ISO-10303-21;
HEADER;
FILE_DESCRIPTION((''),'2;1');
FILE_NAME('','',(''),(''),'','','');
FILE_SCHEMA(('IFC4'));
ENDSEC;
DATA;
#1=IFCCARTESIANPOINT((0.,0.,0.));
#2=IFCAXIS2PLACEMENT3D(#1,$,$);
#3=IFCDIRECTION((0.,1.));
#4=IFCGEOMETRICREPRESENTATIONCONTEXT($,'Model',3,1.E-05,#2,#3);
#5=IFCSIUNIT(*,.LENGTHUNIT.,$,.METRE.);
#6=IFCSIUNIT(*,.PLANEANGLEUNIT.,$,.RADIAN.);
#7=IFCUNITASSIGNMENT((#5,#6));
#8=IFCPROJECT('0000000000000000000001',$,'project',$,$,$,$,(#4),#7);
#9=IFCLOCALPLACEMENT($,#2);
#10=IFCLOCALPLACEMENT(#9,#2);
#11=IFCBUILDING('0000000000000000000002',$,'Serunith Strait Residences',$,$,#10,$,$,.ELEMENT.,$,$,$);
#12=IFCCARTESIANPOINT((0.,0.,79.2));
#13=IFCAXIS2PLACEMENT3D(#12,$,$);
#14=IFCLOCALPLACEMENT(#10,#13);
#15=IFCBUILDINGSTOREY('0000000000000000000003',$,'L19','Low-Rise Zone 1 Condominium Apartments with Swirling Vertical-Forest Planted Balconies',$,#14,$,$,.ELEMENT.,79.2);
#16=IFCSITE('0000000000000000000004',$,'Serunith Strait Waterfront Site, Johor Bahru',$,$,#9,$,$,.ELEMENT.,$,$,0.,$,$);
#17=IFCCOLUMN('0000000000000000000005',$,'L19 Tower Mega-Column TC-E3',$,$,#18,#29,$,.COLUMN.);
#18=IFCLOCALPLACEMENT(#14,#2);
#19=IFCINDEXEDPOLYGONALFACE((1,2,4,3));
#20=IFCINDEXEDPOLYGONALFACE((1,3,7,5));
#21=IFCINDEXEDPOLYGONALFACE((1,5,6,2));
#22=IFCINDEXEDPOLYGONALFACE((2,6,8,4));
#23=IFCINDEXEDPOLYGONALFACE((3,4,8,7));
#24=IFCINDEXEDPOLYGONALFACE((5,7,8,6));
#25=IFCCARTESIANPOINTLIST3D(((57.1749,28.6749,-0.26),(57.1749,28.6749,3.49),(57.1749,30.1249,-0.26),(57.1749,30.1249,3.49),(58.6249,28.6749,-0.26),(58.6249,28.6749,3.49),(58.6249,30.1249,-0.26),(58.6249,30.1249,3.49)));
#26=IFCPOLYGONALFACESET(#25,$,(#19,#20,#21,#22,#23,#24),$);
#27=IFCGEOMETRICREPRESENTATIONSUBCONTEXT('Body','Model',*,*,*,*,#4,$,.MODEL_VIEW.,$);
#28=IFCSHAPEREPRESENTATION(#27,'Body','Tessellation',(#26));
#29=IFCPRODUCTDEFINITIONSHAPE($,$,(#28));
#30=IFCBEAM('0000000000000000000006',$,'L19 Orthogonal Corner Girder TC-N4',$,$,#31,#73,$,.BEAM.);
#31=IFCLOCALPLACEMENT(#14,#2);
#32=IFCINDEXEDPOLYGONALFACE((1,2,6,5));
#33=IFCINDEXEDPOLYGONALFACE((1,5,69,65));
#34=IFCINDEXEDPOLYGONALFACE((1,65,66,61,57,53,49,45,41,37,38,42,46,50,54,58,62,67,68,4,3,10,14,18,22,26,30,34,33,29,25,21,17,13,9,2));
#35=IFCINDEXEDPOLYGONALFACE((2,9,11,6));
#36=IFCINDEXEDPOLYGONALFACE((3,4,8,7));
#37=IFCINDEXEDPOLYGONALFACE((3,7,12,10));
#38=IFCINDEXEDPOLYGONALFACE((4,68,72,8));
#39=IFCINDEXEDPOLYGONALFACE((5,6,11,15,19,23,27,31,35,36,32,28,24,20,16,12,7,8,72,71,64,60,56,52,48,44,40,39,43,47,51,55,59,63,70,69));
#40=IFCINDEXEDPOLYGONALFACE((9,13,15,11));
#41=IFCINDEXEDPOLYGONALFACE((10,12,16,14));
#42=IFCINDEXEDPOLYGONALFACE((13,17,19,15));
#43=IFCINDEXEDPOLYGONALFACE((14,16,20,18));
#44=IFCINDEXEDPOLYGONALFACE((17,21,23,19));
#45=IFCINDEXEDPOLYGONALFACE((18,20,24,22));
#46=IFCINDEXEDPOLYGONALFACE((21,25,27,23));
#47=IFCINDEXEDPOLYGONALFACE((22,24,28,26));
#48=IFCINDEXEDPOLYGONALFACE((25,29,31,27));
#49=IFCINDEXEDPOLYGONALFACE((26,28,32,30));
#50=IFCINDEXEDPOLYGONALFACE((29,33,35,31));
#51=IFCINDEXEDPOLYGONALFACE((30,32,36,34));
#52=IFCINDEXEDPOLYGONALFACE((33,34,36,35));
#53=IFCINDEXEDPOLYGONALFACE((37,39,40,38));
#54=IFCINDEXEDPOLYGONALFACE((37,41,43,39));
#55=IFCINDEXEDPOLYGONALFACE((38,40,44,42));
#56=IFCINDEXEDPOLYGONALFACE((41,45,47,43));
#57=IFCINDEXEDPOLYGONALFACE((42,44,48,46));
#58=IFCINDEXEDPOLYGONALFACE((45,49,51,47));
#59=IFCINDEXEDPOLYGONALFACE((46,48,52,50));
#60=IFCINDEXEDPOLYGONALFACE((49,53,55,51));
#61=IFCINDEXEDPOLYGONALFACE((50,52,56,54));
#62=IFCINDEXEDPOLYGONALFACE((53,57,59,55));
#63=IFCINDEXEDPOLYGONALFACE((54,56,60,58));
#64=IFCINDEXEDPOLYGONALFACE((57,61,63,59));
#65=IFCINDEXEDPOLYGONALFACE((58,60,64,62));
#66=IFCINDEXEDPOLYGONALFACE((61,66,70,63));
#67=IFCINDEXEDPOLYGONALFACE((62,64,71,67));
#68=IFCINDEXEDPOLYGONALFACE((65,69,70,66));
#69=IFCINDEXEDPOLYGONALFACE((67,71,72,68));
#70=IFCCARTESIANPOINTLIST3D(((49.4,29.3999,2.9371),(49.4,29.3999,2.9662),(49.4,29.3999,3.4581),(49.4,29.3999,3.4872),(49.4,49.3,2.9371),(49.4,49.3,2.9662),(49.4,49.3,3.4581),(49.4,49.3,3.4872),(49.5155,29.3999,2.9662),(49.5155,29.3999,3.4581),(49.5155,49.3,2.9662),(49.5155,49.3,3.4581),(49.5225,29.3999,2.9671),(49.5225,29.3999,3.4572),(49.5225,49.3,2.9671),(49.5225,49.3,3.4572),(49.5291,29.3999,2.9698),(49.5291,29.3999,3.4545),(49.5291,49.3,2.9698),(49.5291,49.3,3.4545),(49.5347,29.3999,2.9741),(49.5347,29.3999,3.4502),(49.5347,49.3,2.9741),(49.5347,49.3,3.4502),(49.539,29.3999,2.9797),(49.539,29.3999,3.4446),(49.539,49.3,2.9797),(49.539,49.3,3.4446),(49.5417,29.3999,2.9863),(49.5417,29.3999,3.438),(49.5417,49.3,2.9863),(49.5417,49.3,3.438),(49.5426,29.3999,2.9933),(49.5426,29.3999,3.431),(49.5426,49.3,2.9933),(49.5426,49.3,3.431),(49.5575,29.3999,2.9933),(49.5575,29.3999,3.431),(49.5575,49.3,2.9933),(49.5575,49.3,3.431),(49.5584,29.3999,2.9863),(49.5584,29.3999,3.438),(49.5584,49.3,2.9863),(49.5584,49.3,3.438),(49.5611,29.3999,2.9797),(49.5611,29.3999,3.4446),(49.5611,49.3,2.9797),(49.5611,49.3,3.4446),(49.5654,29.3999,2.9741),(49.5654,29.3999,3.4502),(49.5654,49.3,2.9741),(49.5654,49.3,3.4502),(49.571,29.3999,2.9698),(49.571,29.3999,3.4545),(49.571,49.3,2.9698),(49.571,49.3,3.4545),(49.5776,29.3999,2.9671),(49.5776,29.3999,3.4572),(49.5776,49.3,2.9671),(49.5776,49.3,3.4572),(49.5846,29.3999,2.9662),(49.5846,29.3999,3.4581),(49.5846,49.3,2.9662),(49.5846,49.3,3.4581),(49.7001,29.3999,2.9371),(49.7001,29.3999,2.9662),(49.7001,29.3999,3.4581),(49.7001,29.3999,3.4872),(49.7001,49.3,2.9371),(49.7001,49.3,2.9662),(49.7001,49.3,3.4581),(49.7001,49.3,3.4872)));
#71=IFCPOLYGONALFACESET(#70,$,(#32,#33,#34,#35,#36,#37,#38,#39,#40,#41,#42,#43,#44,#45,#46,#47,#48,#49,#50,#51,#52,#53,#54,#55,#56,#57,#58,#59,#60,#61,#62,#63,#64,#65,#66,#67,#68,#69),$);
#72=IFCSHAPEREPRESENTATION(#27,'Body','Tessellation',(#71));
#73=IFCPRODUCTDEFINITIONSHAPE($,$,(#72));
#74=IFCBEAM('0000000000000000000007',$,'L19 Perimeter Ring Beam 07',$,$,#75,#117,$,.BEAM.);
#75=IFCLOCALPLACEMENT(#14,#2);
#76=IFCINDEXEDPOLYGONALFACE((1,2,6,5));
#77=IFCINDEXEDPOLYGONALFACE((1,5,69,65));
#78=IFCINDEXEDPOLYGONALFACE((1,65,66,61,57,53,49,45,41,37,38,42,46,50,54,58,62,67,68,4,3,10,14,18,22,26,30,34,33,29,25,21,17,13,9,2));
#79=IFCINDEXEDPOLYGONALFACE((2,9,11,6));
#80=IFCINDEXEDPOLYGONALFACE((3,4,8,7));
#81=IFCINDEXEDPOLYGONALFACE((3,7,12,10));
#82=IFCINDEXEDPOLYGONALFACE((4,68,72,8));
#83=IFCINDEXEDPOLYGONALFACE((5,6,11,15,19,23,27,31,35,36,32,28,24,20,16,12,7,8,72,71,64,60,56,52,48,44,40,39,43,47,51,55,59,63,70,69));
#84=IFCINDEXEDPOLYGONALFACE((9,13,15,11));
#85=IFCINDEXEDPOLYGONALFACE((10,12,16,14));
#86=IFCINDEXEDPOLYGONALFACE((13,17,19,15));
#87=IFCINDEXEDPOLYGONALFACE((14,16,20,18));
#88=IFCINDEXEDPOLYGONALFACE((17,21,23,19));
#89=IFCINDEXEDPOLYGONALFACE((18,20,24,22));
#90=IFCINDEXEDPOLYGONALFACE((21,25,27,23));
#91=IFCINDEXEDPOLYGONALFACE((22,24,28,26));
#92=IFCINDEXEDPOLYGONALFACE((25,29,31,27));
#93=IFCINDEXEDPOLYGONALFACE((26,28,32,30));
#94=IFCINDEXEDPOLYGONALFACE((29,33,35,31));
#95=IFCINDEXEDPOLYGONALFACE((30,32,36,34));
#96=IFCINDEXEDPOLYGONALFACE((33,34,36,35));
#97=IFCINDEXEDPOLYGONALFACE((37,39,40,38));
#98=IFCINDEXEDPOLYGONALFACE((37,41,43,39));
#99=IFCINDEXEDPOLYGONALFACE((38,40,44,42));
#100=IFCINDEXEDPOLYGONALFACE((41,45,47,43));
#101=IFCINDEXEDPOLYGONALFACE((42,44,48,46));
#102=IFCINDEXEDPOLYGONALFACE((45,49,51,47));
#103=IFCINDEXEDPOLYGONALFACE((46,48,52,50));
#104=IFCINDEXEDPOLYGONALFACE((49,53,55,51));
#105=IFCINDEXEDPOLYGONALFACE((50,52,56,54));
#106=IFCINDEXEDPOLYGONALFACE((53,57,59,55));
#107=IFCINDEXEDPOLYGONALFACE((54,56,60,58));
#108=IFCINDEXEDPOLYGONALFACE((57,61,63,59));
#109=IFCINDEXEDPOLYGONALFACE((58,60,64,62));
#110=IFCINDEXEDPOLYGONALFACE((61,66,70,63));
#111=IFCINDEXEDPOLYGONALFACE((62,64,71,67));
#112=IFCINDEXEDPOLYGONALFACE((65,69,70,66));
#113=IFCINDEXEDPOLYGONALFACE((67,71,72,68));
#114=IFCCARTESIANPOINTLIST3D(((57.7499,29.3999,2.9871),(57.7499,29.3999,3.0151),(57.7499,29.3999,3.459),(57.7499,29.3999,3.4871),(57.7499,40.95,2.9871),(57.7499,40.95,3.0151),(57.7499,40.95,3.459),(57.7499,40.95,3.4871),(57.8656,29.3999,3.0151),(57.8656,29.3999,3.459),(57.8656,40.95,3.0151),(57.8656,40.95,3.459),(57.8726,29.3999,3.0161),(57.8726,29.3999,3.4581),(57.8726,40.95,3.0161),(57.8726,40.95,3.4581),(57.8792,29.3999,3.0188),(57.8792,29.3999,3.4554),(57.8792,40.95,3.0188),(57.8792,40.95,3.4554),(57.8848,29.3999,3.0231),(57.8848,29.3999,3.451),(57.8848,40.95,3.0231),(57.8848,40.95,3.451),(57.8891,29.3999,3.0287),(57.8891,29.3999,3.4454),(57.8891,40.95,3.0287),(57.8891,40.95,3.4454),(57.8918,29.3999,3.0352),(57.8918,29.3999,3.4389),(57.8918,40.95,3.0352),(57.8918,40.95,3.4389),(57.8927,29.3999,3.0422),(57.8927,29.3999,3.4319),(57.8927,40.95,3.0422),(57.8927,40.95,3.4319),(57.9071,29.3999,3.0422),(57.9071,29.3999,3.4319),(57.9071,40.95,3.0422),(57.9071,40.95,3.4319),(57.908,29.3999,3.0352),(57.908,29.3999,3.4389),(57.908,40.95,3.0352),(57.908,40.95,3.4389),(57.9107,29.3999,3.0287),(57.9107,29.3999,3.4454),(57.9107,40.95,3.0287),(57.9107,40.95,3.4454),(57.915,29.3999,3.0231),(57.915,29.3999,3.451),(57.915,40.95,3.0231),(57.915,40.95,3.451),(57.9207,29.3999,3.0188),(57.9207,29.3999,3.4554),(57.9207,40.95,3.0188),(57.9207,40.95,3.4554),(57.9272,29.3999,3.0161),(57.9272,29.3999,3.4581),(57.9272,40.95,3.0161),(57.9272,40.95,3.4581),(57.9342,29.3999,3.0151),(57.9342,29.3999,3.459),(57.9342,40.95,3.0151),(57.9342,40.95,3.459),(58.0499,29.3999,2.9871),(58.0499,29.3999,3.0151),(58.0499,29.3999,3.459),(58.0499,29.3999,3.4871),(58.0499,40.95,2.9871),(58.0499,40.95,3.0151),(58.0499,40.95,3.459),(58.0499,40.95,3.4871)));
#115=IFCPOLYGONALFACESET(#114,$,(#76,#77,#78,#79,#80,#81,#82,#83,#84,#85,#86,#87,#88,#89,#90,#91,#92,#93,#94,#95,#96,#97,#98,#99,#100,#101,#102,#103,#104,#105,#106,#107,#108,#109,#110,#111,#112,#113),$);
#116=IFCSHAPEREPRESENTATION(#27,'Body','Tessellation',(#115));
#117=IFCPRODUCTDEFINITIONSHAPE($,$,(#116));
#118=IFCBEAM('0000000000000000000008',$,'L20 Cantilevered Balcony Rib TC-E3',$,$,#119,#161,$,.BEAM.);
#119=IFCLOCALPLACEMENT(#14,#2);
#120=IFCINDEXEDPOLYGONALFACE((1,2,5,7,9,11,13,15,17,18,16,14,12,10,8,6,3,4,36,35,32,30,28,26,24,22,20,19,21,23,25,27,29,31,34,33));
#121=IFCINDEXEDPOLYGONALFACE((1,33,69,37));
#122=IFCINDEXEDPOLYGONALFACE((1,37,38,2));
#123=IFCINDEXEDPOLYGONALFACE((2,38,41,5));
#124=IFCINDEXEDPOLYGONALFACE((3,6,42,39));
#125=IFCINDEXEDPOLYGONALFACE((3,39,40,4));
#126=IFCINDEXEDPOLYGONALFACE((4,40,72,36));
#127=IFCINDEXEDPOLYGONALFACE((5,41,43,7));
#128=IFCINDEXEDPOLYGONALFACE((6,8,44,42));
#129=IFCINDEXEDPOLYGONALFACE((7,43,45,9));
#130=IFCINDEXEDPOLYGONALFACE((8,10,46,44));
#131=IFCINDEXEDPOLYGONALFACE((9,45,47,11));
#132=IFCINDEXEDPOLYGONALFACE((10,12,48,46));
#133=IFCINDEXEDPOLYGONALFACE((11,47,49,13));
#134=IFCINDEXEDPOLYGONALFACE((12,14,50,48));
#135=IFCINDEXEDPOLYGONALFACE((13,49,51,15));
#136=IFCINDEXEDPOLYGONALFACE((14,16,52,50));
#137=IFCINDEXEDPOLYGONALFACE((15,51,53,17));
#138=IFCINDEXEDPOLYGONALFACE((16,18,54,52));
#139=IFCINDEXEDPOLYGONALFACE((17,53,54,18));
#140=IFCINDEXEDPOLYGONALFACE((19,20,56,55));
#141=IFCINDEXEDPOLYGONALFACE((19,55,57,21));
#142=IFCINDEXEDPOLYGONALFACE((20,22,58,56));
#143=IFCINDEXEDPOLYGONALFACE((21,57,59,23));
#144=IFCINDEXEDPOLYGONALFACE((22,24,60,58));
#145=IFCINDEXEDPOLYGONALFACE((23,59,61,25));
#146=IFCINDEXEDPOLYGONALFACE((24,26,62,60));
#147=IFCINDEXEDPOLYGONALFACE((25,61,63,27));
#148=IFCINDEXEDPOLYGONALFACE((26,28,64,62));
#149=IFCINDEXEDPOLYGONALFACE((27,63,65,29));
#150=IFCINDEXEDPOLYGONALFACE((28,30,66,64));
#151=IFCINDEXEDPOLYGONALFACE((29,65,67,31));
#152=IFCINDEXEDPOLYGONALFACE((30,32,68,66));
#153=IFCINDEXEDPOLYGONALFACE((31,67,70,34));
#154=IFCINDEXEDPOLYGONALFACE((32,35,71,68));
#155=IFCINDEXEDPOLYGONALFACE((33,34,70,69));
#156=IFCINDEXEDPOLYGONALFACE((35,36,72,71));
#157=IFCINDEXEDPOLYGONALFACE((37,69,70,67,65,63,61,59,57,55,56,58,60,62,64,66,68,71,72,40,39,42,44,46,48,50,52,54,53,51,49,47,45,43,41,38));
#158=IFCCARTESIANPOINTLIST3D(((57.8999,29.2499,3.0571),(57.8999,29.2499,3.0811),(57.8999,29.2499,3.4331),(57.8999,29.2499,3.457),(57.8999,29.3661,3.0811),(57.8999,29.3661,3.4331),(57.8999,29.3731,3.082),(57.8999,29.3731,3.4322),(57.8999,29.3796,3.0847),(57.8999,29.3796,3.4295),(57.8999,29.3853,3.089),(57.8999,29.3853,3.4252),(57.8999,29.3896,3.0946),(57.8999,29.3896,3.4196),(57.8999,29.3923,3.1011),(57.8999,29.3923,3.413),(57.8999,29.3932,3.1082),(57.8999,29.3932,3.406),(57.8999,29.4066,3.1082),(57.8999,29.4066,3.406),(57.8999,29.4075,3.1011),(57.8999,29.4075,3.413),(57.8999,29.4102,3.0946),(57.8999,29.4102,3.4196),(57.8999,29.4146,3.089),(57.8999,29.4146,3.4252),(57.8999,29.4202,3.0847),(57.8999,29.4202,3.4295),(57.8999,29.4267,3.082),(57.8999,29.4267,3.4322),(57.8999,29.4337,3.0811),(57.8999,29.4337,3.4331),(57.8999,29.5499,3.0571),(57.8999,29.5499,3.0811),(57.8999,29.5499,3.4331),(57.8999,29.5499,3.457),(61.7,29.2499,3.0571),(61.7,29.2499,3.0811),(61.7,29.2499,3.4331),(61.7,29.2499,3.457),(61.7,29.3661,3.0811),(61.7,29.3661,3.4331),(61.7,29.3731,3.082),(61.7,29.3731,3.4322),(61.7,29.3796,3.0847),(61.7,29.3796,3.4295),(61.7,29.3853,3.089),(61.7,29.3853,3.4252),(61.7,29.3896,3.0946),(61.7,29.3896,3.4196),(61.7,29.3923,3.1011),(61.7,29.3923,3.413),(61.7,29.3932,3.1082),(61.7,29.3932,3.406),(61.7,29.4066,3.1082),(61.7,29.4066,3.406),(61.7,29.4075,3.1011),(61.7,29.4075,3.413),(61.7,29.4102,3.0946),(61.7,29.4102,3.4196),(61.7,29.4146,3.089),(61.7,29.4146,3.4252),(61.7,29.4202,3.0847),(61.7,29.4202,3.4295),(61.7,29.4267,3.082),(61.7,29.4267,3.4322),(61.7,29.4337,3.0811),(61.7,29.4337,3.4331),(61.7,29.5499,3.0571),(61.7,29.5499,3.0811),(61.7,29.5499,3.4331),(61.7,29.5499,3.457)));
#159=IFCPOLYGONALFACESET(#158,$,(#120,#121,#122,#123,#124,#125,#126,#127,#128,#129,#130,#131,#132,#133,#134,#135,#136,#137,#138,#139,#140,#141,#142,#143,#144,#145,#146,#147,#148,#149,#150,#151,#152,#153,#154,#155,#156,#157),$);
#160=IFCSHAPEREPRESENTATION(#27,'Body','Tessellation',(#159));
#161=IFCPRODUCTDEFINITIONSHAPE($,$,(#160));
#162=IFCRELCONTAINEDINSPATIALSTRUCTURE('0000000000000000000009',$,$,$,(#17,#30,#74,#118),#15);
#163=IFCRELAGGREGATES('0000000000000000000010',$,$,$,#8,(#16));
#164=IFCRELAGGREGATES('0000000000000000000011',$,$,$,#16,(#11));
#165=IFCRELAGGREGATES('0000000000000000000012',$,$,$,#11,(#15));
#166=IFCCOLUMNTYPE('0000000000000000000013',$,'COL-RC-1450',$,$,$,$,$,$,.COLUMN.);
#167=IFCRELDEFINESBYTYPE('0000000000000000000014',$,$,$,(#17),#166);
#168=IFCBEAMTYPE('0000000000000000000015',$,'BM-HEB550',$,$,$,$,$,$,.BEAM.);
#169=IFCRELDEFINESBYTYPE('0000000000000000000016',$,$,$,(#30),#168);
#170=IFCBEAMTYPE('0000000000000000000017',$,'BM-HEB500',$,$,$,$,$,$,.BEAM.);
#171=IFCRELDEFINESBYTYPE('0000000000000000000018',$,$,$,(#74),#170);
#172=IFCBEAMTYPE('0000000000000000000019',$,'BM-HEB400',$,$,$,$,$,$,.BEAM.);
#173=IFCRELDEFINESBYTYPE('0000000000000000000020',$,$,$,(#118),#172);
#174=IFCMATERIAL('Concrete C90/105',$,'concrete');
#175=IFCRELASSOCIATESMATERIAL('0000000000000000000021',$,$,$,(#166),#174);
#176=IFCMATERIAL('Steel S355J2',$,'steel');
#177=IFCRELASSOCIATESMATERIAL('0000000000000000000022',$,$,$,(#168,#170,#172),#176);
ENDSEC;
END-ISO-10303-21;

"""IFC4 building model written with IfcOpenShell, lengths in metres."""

from ifc_helpers import new_model, si_unit, direction, frame, origin, origin_2d, place, context, subcontext, project, spatial, rectangle, i_section, extrude, source, transform, mapped, material, material_profile, profile_set, type_object, element, save


model = new_model("IFC4")

# Units and contexts
model_context = context("Model", 3, precision=1e-05, world=origin(), true_north=direction((0.0, 1.0)))
body_context = subcontext(model_context, "Body", "Model", "MODEL_VIEW")
ifc_project = project(units=[si_unit("LENGTHUNIT", "METRE"), si_unit("PLANEANGLEUNIT", "RADIAN")], contexts=[model_context])

# Site, building, storey
site_placement = place(None, origin())
site = spatial("IfcSite", under=ifc_project, at=site_placement, Name="Serunith Strait Waterfront Site, Johor Bahru", CompositionType="ELEMENT", RefElevation=0.0)
building_placement = place(site_placement, origin())
building = spatial("IfcBuilding", under=site, at=building_placement, Name="Serunith Strait Residences", CompositionType="ELEMENT")
storey_placement = place(building_placement, frame((0.0, 0.0, 79.2)))
storey = spatial("IfcBuildingStorey", under=building, at=storey_placement, Name="L19", Description="Low-Rise Zone 1 Condominium Apartments with Swirling Vertical-Forest Planted Balconies", CompositionType="ELEMENT", Elevation=79.2)

# Column
ifc_material_1 = material(Name="Concrete C90/105", Category="concrete")
ifc_material_profile_1 = material_profile(ifc_material_1, rectangle(XDim=1.45, YDim=1.45, at=origin_2d()), Name="RC 1450x1450")
ifc_profile_set_1 = profile_set([ifc_material_profile_1], Name="Concrete C90/105")
column_type = type_object("IfcColumnType", Name="COL-RC-1450", PredefinedType="COLUMN", material=ifc_profile_set_1)
shared_shape_1 = source(origin(), body_context, "Body", "SweptSolid", [
    extrude(rectangle(XDim=1.45, YDim=1.45, at=origin_2d()), origin(), (0.0, 0.0, 1.0), 3.75),
])
column_placement = place(storey_placement, frame((57.8999, 29.3999, -0.26), z_axis=(0.0, 0.0, 1.0), x_axis=(1.0, 0.0, 0.0)))
element("IfcColumn", 1, at=column_placement, inside=storey, type_object=column_type, Name="L19 Tower Mega-Column TC-E3", PredefinedType="COLUMN", context=body_context, shape_type="MappedRepresentation", body=[
    mapped(shared_shape_1, transform((0.0, 0.0, 0.0), scale=1.0)),
])

# Beams
ifc_material_2 = material(Name="Steel S355J2", Category="steel")
ifc_material_profile_2 = material_profile(ifc_material_2, i_section(OverallWidth=0.3, OverallDepth=0.55, WebThickness=0.0149, FlangeThickness=0.0291, FilletRadius=0.0271, at=origin_2d()), Name="HEB 550")
ifc_profile_set_2 = profile_set([ifc_material_profile_2], Name="Steel S355J2")
beam_type_1 = type_object("IfcBeamType", Name="BM-HEB550", PredefinedType="BEAM", material=ifc_profile_set_2)
shared_shape_2 = source(origin(), body_context, "Body", "SweptSolid", [
    extrude(i_section(OverallWidth=0.3, OverallDepth=0.55, WebThickness=0.0149, FlangeThickness=0.0291, FilletRadius=0.0271, at=origin_2d()), origin(), (0.0, 0.0, 1.0), 19.9001),
])
beam_1_placement = place(storey_placement, frame((49.55, 29.3999, 3.2122), z_axis=(0.0, 1.0, 0.0), x_axis=(-1.0, 0.0, 0.0)))
element("IfcBeam", 2, at=beam_1_placement, inside=storey, type_object=beam_type_1, Name="L19 Orthogonal Corner Girder TC-N4", PredefinedType="BEAM", context=body_context, shape_type="MappedRepresentation", body=[
    mapped(shared_shape_2, transform((0.0, 0.0, 0.0), scale=1.0)),
])
ifc_material_profile_3 = material_profile(ifc_material_2, i_section(OverallWidth=0.3, OverallDepth=0.5, WebThickness=0.0144, FlangeThickness=0.0281, FilletRadius=0.0271, at=origin_2d()), Name="HEB 500")
ifc_profile_set_3 = profile_set([ifc_material_profile_3], Name="Steel S355J2")
beam_type_2 = type_object("IfcBeamType", Name="BM-HEB500", PredefinedType="BEAM", material=ifc_profile_set_3)
shared_shape_3 = source(origin(), body_context, "Body", "SweptSolid", [
    extrude(i_section(OverallWidth=0.3, OverallDepth=0.5, WebThickness=0.0144, FlangeThickness=0.0281, FilletRadius=0.0271, at=origin_2d()), origin(), (0.0, 0.0, 1.0), 11.55),
])
beam_2_placement = place(storey_placement, frame((57.8999, 29.3999, 3.2371), z_axis=(0.0, 1.0, 0.0), x_axis=(-1.0, 0.0, 0.0)))
element("IfcBeam", 3, at=beam_2_placement, inside=storey, type_object=beam_type_2, Name="L19 Perimeter Ring Beam 07", PredefinedType="BEAM", context=body_context, shape_type="MappedRepresentation", body=[
    mapped(shared_shape_3, transform((0.0, 0.0, 0.0), scale=1.0)),
])
ifc_material_profile_4 = material_profile(ifc_material_2, i_section(OverallWidth=0.3, OverallDepth=0.3999, WebThickness=0.0134, FlangeThickness=0.0239, FilletRadius=0.0271, at=origin_2d()), Name="HEB 400")
ifc_profile_set_4 = profile_set([ifc_material_profile_4], Name="Steel S355J2")
beam_type_3 = type_object("IfcBeamType", Name="BM-HEB400", PredefinedType="BEAM", material=ifc_profile_set_4)
shared_shape_4 = source(origin(), body_context, "Body", "SweptSolid", [
    extrude(i_section(OverallWidth=0.3, OverallDepth=0.3999, WebThickness=0.0134, FlangeThickness=0.0239, FilletRadius=0.0271, at=origin_2d()), origin(), (0.0, 0.0, 1.0), 3.8),
])
beam_3_placement = place(storey_placement, frame((57.8999, 29.3999, 3.2571), z_axis=(1.0, 0.0, 0.0), x_axis=(0.0, 1.0, 0.0)))
element("IfcBeam", 4, at=beam_3_placement, inside=storey, type_object=beam_type_3, Name="L20 Cantilevered Balcony Rib TC-E3", PredefinedType="BEAM", context=body_context, shape_type="MappedRepresentation", body=[
    mapped(shared_shape_4, transform((0.0, 0.0, 0.0), scale=1.0)),
])

save(model, "model.ifc")
